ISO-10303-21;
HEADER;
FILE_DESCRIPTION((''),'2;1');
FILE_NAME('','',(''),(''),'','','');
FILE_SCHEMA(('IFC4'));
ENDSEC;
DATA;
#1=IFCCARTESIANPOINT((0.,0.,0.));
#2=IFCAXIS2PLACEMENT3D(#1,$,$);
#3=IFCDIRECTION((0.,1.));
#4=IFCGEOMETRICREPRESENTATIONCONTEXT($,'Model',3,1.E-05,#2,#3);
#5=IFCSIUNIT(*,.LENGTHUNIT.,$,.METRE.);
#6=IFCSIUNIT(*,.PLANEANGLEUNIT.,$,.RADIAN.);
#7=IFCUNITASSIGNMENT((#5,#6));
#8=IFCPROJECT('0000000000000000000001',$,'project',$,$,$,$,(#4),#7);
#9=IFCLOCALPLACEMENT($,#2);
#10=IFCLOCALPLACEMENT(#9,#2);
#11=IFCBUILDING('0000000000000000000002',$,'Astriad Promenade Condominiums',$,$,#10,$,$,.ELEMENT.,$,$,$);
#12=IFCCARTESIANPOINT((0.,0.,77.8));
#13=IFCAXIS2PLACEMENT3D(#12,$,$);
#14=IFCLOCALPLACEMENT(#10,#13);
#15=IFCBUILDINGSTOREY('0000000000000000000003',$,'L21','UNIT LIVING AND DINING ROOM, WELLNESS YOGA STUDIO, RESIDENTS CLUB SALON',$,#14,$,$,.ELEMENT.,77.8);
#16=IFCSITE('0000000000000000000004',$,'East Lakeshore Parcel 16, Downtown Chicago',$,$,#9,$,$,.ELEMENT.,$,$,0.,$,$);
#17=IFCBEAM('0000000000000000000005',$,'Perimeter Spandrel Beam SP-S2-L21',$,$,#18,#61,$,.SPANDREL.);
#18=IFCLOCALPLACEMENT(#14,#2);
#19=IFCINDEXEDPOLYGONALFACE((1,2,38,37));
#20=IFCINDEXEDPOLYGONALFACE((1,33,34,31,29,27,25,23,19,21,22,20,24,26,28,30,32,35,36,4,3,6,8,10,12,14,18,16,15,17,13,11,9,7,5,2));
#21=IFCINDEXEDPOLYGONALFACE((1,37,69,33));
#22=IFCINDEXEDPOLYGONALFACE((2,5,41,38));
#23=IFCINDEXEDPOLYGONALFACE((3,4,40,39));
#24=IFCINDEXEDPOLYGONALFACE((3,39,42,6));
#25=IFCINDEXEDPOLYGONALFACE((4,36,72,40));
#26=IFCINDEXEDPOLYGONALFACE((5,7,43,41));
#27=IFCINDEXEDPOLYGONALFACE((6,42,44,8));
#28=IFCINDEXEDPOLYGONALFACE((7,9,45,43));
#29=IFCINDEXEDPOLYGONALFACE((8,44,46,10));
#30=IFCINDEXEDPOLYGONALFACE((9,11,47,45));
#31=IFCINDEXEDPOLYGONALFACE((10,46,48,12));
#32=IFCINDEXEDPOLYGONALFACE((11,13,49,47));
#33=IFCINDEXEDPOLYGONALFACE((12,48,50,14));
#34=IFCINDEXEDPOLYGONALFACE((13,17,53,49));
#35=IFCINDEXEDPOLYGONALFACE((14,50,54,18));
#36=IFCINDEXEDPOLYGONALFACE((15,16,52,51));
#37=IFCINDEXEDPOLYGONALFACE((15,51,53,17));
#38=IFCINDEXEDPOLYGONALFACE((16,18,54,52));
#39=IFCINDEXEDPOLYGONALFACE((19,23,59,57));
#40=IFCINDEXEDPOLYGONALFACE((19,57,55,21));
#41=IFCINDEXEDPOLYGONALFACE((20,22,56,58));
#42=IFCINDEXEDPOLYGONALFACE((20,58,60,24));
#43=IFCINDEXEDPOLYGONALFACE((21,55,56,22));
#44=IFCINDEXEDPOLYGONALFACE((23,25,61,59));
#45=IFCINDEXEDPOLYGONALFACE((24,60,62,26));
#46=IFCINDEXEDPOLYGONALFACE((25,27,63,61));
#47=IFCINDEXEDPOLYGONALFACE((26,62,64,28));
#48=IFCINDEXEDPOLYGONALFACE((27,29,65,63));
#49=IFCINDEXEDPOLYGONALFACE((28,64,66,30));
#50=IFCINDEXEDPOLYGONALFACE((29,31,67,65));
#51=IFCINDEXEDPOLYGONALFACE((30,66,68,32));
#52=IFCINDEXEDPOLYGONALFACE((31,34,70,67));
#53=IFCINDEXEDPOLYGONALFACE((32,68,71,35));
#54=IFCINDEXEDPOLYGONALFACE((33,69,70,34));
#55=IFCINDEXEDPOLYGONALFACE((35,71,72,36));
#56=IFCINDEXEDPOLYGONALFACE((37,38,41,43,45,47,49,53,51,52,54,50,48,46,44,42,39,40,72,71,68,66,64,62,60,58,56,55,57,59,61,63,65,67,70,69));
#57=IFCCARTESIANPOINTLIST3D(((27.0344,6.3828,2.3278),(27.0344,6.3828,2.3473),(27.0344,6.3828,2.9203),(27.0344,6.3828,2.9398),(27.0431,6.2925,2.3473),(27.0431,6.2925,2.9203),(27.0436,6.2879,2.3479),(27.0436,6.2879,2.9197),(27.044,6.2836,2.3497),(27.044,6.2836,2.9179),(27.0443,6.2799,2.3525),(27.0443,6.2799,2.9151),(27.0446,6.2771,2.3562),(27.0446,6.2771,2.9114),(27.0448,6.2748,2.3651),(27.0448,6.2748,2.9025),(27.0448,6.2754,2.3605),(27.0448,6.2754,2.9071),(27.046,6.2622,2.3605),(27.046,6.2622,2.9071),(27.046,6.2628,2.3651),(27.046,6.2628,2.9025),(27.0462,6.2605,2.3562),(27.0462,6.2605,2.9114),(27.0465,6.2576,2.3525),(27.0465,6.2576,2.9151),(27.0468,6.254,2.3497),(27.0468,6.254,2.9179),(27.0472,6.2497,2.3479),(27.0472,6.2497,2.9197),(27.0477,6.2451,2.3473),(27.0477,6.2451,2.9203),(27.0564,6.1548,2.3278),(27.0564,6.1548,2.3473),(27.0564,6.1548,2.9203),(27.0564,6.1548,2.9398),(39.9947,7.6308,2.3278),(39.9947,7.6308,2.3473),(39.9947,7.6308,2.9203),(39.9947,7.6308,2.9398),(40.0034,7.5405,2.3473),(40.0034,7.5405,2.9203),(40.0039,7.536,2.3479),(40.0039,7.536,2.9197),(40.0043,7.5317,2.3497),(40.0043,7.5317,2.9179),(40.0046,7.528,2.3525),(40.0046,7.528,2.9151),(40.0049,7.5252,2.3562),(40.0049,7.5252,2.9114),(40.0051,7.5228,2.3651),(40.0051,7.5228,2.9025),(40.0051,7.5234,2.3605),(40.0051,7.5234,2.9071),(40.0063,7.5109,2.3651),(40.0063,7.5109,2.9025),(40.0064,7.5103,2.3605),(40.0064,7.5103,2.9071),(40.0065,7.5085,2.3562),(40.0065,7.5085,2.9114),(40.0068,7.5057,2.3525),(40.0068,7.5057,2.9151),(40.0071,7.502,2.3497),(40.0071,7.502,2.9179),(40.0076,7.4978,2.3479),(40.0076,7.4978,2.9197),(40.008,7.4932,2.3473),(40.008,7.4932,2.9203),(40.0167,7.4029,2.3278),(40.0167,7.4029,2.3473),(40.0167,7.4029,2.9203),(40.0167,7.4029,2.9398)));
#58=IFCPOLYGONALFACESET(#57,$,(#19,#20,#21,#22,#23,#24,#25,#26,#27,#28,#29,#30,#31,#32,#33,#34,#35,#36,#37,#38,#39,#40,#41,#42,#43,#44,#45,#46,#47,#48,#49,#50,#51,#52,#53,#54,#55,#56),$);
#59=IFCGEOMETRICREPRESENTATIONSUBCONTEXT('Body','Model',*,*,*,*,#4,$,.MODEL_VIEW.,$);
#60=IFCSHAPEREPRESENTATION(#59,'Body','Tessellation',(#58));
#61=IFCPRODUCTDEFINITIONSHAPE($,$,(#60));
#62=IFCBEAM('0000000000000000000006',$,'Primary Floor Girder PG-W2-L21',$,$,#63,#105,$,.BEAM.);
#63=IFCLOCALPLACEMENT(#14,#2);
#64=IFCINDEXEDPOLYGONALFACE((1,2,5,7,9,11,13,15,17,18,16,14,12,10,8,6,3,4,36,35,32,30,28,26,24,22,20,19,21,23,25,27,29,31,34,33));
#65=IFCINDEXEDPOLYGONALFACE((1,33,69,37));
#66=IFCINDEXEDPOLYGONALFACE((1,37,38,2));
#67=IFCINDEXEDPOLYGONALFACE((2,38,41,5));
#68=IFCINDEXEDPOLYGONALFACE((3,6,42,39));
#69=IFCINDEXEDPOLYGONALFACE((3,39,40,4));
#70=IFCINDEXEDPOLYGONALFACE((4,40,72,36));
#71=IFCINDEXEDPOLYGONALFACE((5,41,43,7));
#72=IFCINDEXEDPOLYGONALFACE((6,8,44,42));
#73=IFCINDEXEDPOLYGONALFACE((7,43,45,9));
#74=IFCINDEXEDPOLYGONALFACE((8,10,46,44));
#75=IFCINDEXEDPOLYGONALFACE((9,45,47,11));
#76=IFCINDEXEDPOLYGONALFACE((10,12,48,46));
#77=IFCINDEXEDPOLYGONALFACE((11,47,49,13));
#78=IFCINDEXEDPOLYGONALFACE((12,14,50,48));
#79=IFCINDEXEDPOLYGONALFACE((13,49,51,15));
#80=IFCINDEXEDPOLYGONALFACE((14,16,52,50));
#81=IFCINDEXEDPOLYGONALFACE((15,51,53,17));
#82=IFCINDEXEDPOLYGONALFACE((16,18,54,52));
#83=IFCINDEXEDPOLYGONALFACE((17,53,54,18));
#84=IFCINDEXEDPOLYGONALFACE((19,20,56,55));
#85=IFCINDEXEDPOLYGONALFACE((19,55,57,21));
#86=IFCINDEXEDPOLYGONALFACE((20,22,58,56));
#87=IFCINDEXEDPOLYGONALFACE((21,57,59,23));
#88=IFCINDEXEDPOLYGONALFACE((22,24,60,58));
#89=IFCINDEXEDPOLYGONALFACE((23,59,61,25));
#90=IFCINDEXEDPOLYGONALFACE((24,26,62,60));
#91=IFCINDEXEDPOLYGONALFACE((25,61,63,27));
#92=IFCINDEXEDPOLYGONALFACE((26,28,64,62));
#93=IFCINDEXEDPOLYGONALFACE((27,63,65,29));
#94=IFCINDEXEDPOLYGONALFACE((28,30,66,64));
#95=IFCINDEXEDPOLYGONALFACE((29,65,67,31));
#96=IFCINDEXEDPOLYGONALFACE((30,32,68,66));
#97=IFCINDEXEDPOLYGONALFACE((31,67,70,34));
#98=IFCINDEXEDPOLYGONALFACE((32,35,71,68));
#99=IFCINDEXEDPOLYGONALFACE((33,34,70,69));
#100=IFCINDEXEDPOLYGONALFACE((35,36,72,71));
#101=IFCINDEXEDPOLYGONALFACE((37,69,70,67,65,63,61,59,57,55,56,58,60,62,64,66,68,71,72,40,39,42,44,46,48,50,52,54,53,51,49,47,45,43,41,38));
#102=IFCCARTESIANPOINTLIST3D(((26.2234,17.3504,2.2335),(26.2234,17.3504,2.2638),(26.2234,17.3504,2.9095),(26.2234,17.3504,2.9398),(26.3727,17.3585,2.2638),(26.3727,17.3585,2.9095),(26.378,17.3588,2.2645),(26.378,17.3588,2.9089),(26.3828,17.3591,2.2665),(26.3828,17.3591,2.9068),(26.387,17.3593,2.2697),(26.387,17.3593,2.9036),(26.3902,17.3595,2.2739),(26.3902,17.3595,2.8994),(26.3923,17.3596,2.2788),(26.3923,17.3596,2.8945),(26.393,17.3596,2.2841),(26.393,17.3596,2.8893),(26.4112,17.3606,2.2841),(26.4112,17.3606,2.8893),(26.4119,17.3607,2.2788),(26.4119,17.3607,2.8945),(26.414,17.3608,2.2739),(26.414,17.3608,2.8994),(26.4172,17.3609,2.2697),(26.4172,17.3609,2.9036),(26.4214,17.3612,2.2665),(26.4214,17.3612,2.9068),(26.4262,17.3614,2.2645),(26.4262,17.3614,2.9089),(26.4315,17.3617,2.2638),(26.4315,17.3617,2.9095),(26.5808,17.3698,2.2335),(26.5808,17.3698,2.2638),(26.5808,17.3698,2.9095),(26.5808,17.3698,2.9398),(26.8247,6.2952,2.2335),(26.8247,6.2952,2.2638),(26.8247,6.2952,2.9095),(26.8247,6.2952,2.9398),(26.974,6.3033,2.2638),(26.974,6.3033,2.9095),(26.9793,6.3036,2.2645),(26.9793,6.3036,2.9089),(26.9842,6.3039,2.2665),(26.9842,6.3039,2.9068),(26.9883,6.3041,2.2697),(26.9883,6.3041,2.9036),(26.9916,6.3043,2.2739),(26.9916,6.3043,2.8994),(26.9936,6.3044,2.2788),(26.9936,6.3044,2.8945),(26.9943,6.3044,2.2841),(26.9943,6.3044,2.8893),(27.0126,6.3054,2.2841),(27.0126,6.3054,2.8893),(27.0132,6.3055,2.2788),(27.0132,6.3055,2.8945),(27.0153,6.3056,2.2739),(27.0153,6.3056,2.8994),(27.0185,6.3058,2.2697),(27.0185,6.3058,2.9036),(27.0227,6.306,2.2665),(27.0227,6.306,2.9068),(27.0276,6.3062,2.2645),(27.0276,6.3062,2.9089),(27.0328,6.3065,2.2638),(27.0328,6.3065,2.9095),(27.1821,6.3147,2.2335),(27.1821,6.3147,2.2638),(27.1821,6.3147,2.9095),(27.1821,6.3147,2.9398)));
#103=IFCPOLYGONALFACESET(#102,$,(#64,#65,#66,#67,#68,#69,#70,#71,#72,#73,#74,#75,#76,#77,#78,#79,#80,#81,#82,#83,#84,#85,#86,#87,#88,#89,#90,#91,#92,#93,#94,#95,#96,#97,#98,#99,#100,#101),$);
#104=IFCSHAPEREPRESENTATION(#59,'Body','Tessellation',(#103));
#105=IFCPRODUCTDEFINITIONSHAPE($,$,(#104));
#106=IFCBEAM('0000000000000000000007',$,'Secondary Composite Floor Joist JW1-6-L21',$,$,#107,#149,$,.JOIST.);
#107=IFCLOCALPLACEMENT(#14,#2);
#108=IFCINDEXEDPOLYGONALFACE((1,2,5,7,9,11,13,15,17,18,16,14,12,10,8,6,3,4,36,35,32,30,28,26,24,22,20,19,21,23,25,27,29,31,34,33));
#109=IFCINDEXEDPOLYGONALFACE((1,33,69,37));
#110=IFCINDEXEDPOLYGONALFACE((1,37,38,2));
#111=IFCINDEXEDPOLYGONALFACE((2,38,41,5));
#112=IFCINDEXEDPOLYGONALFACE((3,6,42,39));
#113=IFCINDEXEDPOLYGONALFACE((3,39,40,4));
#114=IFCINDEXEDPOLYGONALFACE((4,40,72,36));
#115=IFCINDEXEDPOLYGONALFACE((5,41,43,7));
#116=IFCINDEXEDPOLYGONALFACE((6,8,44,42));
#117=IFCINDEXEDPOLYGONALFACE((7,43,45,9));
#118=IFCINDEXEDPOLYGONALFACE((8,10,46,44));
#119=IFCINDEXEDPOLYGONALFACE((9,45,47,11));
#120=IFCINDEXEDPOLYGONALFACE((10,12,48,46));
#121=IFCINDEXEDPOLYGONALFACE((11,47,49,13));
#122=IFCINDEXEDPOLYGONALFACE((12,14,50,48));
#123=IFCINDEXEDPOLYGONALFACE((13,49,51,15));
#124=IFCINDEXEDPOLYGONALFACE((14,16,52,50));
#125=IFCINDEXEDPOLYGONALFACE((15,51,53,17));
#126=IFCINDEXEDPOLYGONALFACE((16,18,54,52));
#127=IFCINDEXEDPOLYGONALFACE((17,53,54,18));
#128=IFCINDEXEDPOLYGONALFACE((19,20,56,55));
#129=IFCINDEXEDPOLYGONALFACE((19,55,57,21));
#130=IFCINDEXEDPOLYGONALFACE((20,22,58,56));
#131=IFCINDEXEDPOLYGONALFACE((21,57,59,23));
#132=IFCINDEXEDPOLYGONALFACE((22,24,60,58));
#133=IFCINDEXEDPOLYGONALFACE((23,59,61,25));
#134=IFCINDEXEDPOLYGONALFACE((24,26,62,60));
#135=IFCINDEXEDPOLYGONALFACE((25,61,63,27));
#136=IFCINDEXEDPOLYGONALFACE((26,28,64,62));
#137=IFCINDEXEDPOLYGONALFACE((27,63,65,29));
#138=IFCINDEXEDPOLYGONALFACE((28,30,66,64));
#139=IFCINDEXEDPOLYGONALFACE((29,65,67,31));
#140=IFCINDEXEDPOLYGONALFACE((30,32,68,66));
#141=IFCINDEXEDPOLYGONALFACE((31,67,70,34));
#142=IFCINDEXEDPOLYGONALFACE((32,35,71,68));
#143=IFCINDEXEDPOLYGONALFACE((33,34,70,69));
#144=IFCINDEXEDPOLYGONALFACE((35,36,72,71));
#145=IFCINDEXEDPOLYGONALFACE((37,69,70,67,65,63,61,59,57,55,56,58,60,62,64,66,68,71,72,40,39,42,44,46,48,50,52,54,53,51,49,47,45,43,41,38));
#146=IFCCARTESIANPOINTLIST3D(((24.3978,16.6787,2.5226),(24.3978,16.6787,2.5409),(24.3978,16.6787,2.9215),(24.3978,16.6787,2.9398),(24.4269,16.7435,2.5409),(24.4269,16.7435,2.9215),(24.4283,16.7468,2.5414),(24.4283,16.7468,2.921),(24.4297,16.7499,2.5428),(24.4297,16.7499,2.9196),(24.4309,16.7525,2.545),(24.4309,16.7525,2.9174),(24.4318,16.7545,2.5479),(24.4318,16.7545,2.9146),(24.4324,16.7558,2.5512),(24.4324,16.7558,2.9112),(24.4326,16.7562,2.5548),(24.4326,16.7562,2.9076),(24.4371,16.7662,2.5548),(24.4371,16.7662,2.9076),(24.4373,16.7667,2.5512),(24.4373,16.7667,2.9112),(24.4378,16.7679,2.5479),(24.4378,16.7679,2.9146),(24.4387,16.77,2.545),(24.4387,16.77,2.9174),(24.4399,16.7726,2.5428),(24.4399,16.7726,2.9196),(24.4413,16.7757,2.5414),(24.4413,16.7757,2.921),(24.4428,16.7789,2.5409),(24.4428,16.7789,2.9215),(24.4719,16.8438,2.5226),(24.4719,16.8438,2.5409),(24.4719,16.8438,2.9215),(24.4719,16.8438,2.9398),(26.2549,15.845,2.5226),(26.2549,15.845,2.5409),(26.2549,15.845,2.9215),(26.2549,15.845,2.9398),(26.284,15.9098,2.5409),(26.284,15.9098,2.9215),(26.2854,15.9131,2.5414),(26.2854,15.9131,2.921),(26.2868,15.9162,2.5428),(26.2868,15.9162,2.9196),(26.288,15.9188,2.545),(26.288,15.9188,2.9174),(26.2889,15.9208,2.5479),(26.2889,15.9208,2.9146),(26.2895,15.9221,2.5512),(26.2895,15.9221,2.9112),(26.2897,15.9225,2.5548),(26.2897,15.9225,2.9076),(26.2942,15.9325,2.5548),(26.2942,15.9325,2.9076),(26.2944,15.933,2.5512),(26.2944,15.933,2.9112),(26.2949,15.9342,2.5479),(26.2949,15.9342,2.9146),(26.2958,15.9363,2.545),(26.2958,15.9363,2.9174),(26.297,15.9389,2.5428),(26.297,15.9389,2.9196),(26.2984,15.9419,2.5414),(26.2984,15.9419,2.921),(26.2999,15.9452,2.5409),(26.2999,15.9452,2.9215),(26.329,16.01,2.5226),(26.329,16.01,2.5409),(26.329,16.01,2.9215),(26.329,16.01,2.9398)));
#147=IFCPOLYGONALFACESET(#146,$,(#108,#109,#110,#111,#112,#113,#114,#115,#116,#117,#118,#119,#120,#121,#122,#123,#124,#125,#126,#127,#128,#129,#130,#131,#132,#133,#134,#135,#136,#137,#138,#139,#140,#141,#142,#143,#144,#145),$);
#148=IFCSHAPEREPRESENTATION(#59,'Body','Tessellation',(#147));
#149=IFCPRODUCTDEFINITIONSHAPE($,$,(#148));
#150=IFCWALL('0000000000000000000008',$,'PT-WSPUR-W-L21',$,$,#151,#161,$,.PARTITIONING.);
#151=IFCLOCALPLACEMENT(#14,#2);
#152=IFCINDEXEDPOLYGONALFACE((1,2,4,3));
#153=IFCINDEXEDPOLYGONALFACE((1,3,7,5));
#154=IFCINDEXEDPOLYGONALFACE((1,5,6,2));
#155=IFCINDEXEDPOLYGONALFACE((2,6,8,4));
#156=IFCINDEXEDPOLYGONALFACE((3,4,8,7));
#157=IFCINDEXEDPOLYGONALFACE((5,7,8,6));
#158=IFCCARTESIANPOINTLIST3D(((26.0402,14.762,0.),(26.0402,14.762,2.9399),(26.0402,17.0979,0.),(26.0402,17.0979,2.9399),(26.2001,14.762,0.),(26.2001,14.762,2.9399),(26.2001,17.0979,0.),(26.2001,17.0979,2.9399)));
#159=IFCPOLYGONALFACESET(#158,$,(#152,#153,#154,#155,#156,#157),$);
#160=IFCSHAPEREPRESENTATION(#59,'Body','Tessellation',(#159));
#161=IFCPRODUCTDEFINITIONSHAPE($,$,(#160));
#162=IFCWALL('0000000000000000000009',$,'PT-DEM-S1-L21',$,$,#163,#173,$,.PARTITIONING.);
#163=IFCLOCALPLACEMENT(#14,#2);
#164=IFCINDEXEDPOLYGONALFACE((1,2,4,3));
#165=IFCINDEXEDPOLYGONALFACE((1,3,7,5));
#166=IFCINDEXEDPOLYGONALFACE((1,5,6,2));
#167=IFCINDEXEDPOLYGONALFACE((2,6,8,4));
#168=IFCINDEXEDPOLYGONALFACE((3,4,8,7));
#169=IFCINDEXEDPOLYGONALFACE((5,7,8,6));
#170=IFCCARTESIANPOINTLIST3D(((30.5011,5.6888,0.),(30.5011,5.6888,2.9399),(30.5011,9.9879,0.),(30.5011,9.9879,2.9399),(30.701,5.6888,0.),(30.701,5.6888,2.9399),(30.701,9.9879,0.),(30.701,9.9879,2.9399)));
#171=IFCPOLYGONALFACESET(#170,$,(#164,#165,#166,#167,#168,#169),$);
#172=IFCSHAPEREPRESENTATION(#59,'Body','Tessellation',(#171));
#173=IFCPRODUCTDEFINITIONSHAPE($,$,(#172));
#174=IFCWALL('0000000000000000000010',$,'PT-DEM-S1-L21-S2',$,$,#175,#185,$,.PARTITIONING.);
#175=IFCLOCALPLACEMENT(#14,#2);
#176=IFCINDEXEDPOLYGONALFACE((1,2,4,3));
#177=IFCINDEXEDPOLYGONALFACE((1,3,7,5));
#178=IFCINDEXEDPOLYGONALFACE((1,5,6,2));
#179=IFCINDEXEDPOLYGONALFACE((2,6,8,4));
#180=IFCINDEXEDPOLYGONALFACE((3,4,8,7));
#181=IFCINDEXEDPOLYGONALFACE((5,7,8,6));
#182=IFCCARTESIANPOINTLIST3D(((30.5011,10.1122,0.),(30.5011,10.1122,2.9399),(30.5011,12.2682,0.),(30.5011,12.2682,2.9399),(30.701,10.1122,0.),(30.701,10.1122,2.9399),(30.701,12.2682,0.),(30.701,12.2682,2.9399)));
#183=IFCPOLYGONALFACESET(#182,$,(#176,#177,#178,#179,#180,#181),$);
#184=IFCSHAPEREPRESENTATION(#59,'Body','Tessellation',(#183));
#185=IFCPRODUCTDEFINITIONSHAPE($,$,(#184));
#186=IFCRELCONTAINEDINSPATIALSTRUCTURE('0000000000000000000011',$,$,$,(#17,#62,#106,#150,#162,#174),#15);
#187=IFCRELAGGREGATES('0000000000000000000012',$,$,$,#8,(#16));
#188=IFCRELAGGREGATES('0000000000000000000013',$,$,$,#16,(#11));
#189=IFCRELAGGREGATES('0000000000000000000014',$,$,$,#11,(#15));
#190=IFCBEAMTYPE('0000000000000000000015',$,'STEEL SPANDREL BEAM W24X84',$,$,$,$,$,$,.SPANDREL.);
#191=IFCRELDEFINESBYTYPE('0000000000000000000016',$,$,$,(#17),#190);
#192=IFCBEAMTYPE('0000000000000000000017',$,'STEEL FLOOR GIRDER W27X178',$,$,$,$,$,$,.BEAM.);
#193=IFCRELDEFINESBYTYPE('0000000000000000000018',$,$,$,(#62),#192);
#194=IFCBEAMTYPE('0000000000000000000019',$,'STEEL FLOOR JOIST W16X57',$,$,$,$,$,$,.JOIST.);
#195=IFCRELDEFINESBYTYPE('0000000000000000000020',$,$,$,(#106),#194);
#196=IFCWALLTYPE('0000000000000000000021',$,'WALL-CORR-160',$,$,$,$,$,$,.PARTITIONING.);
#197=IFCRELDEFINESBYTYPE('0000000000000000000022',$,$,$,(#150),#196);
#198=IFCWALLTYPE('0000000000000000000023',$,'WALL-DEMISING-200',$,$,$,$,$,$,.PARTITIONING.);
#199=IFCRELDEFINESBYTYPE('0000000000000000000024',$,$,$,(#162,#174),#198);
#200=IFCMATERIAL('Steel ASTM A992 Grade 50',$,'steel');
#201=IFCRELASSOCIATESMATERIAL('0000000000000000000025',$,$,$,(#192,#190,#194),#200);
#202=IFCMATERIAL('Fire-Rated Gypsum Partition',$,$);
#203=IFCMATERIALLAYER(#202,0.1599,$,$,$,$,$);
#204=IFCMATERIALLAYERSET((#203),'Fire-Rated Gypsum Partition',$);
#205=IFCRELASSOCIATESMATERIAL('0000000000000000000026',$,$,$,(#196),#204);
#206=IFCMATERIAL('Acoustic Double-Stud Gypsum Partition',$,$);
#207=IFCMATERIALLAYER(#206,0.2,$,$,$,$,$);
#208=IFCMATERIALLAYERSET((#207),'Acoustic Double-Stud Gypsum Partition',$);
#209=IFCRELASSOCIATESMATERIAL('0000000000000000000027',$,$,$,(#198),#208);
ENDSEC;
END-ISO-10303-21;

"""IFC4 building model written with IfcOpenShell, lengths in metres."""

from ifc_helpers import new_model, si_unit, direction, frame, frame_2d, origin, origin_2d, place, context, subcontext, project, spatial, rectangle, i_section, extrude, source, transform, mapped, material, layer, layer_set, material_profile, profile_set, type_object, type_shapes, element, save


model = new_model("IFC4")

# Units and contexts
model_context = context("Model", 3, precision=1e-05, world=origin(), true_north=direction((0.0, 1.0)))
body_context = subcontext(model_context, "Body", "Model", "MODEL_VIEW")
ifc_project = project(units=[si_unit("LENGTHUNIT", "METRE"), si_unit("PLANEANGLEUNIT", "RADIAN")], contexts=[model_context])

# Site, building, storey
site_placement = place(None, origin())
site = spatial("IfcSite", under=ifc_project, at=site_placement, Name="East Lakeshore Parcel 16, Downtown Chicago", CompositionType="ELEMENT", RefElevation=0.0)
building_placement = place(site_placement, origin())
building = spatial("IfcBuilding", under=site, at=building_placement, Name="Astriad Promenade Condominiums", CompositionType="ELEMENT")
storey_placement = place(building_placement, frame((0.0, 0.0, 77.8)))
storey = spatial("IfcBuildingStorey", under=building, at=storey_placement, Name="L21", Description="UNIT LIVING AND DINING ROOM, WELLNESS YOGA STUDIO, RESIDENTS CLUB SALON", CompositionType="ELEMENT", Elevation=77.8)

# Shared definitions
ifc_material_1 = material(Name="Steel ASTM A992 Grade 50", Category="steel")

# Beams
ifc_material_profile_1 = material_profile(ifc_material_1, i_section(OverallWidth=0.3579, OverallDepth=0.7063, WebThickness=0.0183, FlangeThickness=0.0303, FilletRadius=0.0203, at=origin_2d()), Name="W27X178")
ifc_profile_set_1 = profile_set([ifc_material_profile_1], Name="Steel ASTM A992 Grade 50")
beam_type_1 = type_object("IfcBeamType", Name="STEEL FLOOR GIRDER W27X178", PredefinedType="BEAM", material=ifc_profile_set_1)
ifc_material_profile_2 = material_profile(ifc_material_1, i_section(OverallWidth=0.229, OverallDepth=0.6121, WebThickness=0.012, FlangeThickness=0.0195, FilletRadius=0.0178, at=origin_2d()), Name="W24X84")
ifc_profile_set_2 = profile_set([ifc_material_profile_2], Name="Steel ASTM A992 Grade 50")
beam_type_2 = type_object("IfcBeamType", Name="STEEL SPANDREL BEAM W24X84", PredefinedType="SPANDREL", material=ifc_profile_set_2)
shared_shape_1 = source(origin(), body_context, "Body", "SweptSolid", [
    extrude(i_section(OverallWidth=0.229, OverallDepth=0.6121, WebThickness=0.012, FlangeThickness=0.0195, FilletRadius=0.0178, at=origin_2d()), origin(), (0.0, 0.0, 1.0), 13.0203),
])
type_shapes(beam_type_2, [shared_shape_1])
beam_1_placement = place(storey_placement, frame((27.0454, 6.2688, 2.6338), z_axis=(0.995395, 0.095855, 0.0), x_axis=(-0.095855, 0.995395, 0.0)))
element("IfcBeam", 1, at=beam_1_placement, inside=storey, type_object=beam_type_2, Name="Perimeter Spandrel Beam SP-S2-L21", PredefinedType="SPANDREL", context=body_context, shape_type="MappedRepresentation", body=[
    mapped(shared_shape_1, transform((0.0, 0.0, 0.0), scale=1.0)),
])
shared_shape_2 = source(origin(), body_context, "Body", "SweptSolid", [
    extrude(i_section(OverallWidth=0.3579, OverallDepth=0.7063, WebThickness=0.0183, FlangeThickness=0.0303, FilletRadius=0.0203, at=origin_2d()), origin(), (0.0, 0.0, 1.0), 11.0715),
])
beam_2_placement = place(storey_placement, frame((27.0034, 6.3049, 2.5867), z_axis=(-0.054312, 0.998524, 0.0), x_axis=(-0.998524, -0.054312, 0.0)))
element("IfcBeam", 2, at=beam_2_placement, inside=storey, type_object=beam_type_1, Name="Primary Floor Girder PG-W2-L21", PredefinedType="BEAM", context=body_context, shape_type="MappedRepresentation", body=[
    mapped(shared_shape_2, transform((0.0, 0.0, 0.0), scale=1.0)),
])
ifc_material_profile_3 = material_profile(ifc_material_1, i_section(OverallWidth=0.1809, OverallDepth=0.4172, WebThickness=0.011, FlangeThickness=0.0183, FilletRadius=0.0139, at=origin_2d()), Name="W16X57")
ifc_profile_set_3 = profile_set([ifc_material_profile_3], Name="Steel ASTM A992 Grade 50")
beam_type_3 = type_object("IfcBeamType", Name="STEEL FLOOR JOIST W16X57", PredefinedType="JOIST", material=ifc_profile_set_3)
shared_shape_3 = source(origin(), body_context, "Body", "SweptSolid", [
    extrude(i_section(OverallWidth=0.1809, OverallDepth=0.4172, WebThickness=0.011, FlangeThickness=0.0183, FilletRadius=0.0139, at=origin_2d()), origin(), (0.0, 0.0, 1.0), 2.0356),
])
type_shapes(beam_type_3, [shared_shape_3])
beam_3_placement = place(storey_placement, frame((24.4348, 16.7612, 2.7312), z_axis=(0.912287, -0.409552, 0.0), x_axis=(0.409552, 0.912287, 0.0)))
element("IfcBeam", 3, at=beam_3_placement, inside=storey, type_object=beam_type_3, Name="Secondary Composite Floor Joist JW1-6-L21", PredefinedType="JOIST", context=body_context, shape_type="MappedRepresentation", body=[
    mapped(shared_shape_3, transform((0.0, 0.0, 0.0), scale=1.0)),
])

# Walls
ifc_material_2 = material(Name="Fire-Rated Gypsum Partition")
ifc_layer_1 = layer(ifc_material_2, 0.1599)
ifc_layer_set_1 = layer_set([ifc_layer_1], Name="Fire-Rated Gypsum Partition")
wall_type_1 = type_object("IfcWallType", Name="WALL-CORR-160", PredefinedType="PARTITIONING", material=ifc_layer_set_1)
wall_1_placement = place(storey_placement, frame((26.1201, 14.762, 0.0), z_axis=(0.0, 0.0, 1.0), x_axis=(0.0, 1.0, 0.0)))
element("IfcWall", 4, at=wall_1_placement, inside=storey, type_object=wall_type_1, Name="PT-WSPUR-W-L21", PredefinedType="PARTITIONING", context=body_context, shape_type="SweptSolid", body=[
    extrude(rectangle(XDim=2.3359, YDim=0.1599, at=frame_2d((1.168, 0.0))), origin(), (0.0, 0.0, 1.0), 2.9399),
])
ifc_material_3 = material(Name="Acoustic Double-Stud Gypsum Partition")
ifc_layer_2 = layer(ifc_material_3, 0.2)
ifc_layer_set_2 = layer_set([ifc_layer_2], Name="Acoustic Double-Stud Gypsum Partition")
wall_type_2 = type_object("IfcWallType", Name="WALL-DEMISING-200", PredefinedType="PARTITIONING", material=ifc_layer_set_2)
wall_2_placement = place(storey_placement, frame((30.6011, 5.689, 0.0), z_axis=(0.0, 0.0, 1.0), x_axis=(0.0, 1.0, 0.0)))
element("IfcWall", 5, at=wall_2_placement, inside=storey, type_object=wall_type_2, Name="PT-DEM-S1-L21", PredefinedType="PARTITIONING", context=body_context, shape_type="SweptSolid", body=[
    extrude(rectangle(XDim=4.2991, YDim=0.2, at=frame_2d((2.1494, 0.0))), origin(), (0.0, 0.0, 1.0), 2.9399),
])
wall_3_placement = place(storey_placement, frame((30.6011, 10.1121, 0.0), z_axis=(0.0, 0.0, 1.0), x_axis=(0.0, 1.0, 0.0)))
element("IfcWall", 6, at=wall_3_placement, inside=storey, type_object=wall_type_2, Name="PT-DEM-S1-L21-S2", PredefinedType="PARTITIONING", context=body_context, shape_type="SweptSolid", body=[
    extrude(rectangle(XDim=2.156, YDim=0.2, at=frame_2d((1.0781, 0.0))), origin(), (0.0, 0.0, 1.0), 2.9399),
])

save(model, "model.ifc")
